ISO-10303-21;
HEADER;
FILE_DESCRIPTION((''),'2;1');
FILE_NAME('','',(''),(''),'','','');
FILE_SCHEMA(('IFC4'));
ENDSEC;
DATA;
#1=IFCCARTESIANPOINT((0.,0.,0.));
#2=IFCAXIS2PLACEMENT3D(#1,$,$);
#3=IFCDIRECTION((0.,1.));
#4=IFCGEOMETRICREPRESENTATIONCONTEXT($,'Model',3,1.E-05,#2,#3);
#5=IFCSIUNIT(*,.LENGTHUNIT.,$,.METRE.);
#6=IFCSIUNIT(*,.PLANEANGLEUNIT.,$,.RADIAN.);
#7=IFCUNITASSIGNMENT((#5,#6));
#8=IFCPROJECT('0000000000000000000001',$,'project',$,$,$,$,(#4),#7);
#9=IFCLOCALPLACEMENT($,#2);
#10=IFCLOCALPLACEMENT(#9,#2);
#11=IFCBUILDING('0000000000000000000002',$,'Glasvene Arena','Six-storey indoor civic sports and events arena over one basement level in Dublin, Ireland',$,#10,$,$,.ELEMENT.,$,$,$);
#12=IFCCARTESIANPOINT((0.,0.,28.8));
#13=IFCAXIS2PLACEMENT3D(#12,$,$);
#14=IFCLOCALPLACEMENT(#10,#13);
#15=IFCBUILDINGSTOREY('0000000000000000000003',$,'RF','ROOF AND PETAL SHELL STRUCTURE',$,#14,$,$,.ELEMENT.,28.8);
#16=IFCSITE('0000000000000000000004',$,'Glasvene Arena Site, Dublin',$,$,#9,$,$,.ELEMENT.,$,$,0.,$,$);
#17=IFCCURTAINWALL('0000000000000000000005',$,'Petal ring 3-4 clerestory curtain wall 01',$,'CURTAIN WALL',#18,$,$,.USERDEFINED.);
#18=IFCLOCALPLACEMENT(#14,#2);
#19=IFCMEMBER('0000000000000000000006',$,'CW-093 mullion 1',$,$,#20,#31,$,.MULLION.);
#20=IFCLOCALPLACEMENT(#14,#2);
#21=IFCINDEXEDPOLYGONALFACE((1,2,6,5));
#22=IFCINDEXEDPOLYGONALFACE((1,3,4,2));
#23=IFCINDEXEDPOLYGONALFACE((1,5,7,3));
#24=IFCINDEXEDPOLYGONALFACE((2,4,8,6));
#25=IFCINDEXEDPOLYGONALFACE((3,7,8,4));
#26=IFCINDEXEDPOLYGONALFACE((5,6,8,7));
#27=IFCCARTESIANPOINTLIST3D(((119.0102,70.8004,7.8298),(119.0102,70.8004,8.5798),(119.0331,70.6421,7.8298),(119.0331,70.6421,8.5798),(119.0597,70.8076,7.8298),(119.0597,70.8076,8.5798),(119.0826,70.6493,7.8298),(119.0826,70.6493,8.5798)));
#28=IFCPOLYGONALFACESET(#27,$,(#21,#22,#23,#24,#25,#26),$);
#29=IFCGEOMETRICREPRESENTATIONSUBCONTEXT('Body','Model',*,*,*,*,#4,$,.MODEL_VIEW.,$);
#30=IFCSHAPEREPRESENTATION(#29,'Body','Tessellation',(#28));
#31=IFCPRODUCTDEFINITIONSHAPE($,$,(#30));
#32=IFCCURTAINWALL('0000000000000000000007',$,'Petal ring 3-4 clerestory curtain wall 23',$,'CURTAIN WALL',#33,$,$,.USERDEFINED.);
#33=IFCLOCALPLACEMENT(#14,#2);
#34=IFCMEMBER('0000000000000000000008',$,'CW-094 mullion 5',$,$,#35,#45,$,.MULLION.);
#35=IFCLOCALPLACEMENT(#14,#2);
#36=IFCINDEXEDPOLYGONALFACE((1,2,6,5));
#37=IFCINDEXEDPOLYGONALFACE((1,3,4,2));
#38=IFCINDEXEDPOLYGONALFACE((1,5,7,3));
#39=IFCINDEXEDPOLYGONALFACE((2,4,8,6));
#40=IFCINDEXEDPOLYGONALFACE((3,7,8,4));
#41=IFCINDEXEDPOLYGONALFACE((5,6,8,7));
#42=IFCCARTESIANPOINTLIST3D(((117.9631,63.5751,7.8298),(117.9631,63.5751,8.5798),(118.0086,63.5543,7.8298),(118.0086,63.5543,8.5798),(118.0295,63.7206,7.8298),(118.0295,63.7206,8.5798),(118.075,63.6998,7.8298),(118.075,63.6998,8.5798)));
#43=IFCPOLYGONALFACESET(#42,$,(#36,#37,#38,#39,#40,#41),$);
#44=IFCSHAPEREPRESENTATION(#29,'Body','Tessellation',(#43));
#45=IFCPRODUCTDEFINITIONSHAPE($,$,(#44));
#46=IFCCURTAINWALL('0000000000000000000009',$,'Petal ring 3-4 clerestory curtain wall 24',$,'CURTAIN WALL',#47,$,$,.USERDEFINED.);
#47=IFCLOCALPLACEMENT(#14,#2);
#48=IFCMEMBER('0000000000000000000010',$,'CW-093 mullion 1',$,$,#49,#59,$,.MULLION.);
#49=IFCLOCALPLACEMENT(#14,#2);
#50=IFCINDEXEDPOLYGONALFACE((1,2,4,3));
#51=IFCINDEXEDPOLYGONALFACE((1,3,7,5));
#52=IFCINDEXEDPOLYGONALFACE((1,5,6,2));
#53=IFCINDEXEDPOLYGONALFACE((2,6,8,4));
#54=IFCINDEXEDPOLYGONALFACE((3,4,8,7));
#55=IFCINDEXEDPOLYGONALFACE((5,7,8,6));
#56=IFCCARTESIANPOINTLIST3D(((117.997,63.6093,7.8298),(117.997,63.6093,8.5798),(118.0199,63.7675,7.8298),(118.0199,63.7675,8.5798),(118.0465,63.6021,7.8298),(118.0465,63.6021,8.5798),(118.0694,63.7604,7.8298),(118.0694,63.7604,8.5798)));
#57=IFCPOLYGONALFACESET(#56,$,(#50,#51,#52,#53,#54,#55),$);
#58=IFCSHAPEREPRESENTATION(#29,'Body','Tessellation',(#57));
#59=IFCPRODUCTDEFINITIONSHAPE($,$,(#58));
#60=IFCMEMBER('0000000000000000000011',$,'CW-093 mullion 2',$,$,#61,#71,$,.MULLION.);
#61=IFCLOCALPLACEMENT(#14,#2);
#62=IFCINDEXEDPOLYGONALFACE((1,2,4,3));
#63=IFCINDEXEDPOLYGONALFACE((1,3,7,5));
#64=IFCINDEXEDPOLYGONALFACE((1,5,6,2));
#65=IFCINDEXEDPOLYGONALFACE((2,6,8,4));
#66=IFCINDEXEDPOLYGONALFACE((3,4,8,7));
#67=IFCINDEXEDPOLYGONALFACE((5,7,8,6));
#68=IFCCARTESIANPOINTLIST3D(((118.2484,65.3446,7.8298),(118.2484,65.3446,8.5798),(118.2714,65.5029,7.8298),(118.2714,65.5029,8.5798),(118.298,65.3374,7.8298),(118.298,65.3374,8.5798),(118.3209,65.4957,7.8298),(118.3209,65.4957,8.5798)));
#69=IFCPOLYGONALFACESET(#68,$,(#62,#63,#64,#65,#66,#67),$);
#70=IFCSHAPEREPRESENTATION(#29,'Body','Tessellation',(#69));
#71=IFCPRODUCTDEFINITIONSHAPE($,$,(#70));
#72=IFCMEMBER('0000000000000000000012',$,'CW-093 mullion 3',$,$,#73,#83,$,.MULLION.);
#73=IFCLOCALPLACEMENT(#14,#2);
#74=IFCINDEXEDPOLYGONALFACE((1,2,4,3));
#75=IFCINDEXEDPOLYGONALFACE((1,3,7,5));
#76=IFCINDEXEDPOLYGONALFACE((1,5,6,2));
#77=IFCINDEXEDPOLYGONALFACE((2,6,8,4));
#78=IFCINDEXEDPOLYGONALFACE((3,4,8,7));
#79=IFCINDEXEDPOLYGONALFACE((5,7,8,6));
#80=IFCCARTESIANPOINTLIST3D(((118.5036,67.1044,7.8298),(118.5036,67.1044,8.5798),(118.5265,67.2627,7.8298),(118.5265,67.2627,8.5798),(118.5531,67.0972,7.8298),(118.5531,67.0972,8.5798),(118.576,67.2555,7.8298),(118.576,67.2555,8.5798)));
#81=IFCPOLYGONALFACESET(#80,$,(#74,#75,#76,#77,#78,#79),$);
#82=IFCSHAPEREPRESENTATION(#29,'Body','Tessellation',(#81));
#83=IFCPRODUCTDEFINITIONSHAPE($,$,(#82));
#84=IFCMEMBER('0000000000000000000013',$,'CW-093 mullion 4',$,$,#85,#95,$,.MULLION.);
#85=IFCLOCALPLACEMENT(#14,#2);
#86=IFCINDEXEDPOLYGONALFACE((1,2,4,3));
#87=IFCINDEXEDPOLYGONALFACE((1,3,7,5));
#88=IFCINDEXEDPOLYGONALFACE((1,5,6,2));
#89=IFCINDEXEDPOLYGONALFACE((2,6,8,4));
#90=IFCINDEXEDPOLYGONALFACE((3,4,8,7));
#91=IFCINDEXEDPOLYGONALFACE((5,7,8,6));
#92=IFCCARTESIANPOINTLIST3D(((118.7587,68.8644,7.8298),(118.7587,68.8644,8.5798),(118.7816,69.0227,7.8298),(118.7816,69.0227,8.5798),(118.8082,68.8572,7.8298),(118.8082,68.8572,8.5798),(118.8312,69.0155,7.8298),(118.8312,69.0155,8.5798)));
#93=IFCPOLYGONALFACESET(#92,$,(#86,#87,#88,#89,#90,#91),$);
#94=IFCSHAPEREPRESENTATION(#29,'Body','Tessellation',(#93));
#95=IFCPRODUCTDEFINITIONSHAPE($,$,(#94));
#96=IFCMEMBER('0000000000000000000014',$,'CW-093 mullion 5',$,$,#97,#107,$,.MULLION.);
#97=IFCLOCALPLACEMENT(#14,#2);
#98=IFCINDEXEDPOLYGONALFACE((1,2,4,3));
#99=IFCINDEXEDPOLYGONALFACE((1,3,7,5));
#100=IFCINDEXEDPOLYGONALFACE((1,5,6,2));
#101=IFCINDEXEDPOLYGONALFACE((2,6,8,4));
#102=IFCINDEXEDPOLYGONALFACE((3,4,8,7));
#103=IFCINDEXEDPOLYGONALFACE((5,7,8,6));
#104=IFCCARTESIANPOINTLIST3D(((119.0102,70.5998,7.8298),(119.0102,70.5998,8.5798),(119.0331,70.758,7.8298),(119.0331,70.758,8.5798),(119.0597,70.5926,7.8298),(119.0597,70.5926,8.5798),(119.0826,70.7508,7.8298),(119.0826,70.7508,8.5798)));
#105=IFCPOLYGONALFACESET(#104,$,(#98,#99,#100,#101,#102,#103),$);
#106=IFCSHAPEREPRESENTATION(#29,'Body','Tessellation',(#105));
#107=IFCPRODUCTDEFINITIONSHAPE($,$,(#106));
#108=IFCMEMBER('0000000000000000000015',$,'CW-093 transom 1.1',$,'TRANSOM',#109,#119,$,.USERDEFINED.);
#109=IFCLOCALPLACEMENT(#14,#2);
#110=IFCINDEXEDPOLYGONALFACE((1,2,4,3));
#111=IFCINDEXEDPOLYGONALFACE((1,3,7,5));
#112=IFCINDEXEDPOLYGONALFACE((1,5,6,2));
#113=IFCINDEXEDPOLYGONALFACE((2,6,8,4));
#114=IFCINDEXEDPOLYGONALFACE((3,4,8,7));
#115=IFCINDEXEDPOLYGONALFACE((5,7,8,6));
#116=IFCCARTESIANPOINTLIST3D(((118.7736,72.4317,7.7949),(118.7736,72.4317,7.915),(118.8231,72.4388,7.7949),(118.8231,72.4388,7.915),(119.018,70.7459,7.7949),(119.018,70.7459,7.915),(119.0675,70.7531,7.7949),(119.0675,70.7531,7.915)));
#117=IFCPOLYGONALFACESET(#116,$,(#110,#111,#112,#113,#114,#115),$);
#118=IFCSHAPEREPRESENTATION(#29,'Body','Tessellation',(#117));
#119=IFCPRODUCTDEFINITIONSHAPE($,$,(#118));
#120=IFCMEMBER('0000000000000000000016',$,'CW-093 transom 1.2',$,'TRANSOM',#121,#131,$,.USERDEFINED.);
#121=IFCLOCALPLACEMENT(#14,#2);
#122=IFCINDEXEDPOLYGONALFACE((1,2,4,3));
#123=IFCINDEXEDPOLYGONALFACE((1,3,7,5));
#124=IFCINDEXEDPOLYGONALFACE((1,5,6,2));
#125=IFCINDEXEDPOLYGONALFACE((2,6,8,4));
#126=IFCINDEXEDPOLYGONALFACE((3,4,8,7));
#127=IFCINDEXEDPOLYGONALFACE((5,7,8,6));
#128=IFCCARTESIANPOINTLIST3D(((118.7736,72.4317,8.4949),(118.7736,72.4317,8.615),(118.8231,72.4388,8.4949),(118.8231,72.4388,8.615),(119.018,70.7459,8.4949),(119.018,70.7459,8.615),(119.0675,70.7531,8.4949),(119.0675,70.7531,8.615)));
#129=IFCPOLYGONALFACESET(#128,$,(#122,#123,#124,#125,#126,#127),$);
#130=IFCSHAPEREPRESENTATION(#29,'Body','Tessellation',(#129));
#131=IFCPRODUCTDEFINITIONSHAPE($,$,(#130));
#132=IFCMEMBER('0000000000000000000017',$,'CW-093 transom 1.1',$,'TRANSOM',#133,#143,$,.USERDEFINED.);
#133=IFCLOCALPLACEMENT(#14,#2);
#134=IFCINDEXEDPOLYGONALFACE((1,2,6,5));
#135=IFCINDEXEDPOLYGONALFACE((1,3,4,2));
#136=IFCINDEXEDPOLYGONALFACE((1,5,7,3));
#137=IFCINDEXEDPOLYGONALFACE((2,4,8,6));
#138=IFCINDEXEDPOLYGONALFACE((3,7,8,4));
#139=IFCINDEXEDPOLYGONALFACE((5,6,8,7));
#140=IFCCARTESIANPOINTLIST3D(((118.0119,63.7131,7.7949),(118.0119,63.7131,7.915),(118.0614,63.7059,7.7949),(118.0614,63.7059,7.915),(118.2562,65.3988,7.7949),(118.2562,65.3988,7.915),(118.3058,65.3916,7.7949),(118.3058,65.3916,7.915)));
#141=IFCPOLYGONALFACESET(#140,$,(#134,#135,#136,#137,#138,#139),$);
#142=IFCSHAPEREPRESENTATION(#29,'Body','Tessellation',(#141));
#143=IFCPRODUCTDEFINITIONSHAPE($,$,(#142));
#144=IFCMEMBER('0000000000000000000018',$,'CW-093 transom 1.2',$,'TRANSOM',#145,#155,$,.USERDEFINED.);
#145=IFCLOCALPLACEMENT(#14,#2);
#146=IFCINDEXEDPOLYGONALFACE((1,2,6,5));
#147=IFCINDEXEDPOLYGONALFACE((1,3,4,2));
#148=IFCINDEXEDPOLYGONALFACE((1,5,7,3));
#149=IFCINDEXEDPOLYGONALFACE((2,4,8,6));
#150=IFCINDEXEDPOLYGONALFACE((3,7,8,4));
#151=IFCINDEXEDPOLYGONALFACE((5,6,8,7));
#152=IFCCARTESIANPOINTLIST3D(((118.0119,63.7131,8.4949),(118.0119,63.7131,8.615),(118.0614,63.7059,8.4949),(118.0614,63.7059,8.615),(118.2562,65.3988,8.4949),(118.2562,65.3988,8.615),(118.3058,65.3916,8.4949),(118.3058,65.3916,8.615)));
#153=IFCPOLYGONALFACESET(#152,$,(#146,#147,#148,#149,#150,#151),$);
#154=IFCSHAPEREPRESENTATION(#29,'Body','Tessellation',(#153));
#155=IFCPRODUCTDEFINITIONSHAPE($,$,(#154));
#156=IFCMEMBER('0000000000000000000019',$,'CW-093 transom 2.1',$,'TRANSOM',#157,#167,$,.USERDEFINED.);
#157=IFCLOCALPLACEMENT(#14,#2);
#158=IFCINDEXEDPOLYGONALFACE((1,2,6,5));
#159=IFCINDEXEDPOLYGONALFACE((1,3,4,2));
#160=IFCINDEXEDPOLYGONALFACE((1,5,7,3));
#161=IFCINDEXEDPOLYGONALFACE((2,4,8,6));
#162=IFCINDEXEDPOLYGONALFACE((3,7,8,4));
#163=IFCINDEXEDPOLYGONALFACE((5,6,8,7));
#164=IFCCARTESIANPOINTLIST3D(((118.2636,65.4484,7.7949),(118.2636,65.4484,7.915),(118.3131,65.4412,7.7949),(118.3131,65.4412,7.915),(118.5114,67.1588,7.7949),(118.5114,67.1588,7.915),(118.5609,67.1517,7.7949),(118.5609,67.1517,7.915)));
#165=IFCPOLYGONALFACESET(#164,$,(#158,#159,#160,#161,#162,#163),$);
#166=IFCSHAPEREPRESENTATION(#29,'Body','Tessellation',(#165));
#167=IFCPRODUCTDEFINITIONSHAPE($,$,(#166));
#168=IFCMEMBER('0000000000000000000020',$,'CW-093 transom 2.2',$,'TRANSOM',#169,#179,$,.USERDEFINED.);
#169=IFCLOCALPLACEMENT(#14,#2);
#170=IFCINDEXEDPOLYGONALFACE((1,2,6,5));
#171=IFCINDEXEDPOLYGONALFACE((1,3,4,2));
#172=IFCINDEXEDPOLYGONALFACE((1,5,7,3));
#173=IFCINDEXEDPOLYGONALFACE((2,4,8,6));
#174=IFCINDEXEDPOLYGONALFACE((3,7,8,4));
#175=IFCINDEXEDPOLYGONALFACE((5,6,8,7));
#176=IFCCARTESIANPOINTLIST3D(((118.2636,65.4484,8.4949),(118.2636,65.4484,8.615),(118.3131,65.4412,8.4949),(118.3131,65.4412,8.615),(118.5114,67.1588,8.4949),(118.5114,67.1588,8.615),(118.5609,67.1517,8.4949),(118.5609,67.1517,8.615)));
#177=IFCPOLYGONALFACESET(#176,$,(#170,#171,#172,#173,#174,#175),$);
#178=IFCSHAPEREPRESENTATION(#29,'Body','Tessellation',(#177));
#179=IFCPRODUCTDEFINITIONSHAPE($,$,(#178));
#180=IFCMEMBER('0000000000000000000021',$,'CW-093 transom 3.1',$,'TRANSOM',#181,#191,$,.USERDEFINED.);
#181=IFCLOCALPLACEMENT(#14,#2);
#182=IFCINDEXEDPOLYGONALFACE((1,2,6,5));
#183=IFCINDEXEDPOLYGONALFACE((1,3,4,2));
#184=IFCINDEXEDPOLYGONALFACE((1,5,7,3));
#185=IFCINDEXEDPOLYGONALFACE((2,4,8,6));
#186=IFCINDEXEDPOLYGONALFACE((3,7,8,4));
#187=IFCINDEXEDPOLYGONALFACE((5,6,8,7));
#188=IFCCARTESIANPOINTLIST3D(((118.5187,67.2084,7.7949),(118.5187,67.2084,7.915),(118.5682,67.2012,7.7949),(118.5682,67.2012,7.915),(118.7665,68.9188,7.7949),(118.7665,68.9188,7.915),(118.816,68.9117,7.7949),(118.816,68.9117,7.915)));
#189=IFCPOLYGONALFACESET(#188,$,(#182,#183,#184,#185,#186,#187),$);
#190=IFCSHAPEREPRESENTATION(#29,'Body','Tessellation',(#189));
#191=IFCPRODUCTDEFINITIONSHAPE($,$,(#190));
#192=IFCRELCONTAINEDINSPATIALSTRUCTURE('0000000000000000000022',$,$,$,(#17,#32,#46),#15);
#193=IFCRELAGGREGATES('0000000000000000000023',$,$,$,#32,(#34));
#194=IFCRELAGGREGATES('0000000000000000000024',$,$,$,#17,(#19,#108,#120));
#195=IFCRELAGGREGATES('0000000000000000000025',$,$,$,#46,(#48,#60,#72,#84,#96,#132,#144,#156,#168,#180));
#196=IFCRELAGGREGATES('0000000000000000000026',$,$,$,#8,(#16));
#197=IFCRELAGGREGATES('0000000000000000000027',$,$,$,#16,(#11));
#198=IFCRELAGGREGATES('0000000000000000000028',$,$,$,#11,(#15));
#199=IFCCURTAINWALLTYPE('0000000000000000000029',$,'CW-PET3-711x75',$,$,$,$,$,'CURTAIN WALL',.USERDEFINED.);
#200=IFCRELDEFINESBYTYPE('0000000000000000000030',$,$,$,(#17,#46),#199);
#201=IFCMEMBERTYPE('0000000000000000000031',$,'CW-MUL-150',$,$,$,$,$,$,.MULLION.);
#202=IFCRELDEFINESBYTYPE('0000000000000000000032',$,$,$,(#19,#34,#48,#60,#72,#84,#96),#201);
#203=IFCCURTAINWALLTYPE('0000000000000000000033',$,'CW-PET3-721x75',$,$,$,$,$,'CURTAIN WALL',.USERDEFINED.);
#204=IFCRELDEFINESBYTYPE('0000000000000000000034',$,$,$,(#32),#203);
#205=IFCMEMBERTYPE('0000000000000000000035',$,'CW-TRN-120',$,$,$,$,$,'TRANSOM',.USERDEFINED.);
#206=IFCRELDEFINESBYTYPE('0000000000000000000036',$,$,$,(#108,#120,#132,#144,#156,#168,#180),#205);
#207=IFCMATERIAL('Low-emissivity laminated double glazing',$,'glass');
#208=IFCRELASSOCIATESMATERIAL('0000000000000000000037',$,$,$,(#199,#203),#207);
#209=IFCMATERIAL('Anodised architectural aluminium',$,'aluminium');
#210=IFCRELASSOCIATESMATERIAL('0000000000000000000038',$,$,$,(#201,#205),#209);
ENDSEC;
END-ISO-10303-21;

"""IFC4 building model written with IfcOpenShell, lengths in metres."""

from ifc_helpers import new_model, si_unit, direction, frame, origin, origin_2d, place, context, subcontext, project, spatial, rectangle, extrude, material, material_profile, profile_set, type_object, element, aggregate, save


model = new_model("IFC4")

# Units and contexts
model_context = context("Model", 3, precision=1e-05, world=origin(), true_north=direction((0.0, 1.0)))
body_context = subcontext(model_context, "Body", "Model", "MODEL_VIEW")
ifc_project = project(units=[si_unit("LENGTHUNIT", "METRE"), si_unit("PLANEANGLEUNIT", "RADIAN")], contexts=[model_context])

# Site, building, storey
site_placement = place(None, origin())
site = spatial("IfcSite", under=ifc_project, at=site_placement, Name="Glasvene Arena Site, Dublin", CompositionType="ELEMENT", RefElevation=0.0)
building_placement = place(site_placement, origin())
building = spatial("IfcBuilding", under=site, at=building_placement, Name="Glasvene Arena", Description="Six-storey indoor civic sports and events arena over one basement level in Dublin, Ireland", CompositionType="ELEMENT")
storey_placement = place(building_placement, frame((0.0, 0.0, 28.8)))
storey = spatial("IfcBuildingStorey", under=building, at=storey_placement, Name="RF", Description="ROOF AND PETAL SHELL STRUCTURE", CompositionType="ELEMENT", Elevation=28.8)

# Curtain walls, members
ifc_material_1 = material(Name="Low-emissivity laminated double glazing", Category="glass")
curtain_wall_type_1 = type_object("IfcCurtainWallType", Name="CW-PET3-711x75", ElementType="CURTAIN WALL", PredefinedType="USERDEFINED", material=ifc_material_1)
curtain_wall_1_placement = place(storey_placement, frame((119.05, 70.7, 0.0)))
curtain_wall_1 = element("IfcCurtainWall", 1, at=curtain_wall_1_placement, inside=storey, type_object=curtain_wall_type_1, Name="Petal ring 3-4 clerestory curtain wall 01", ObjectType="CURTAIN WALL", PredefinedType="USERDEFINED")
ifc_material_2 = material(Name="Anodised architectural aluminium", Category="aluminium")
ifc_material_profile_1 = material_profile(ifc_material_2, rectangle(XDim=0.05, YDim=0.1599, at=origin_2d()), Name="ALU MULLION 50x160")
ifc_profile_set_1 = profile_set([ifc_material_profile_1], Name="Anodised architectural aluminium")
member_type_1 = type_object("IfcMemberType", Name="CW-MUL-150", PredefinedType="MULLION", material=ifc_profile_set_1)
member_1_placement = place(storey_placement, frame((119.0464, 70.7249, 7.8298), z_axis=(0.0, 0.0, 1.0), x_axis=(-0.989656, -0.14346, 0.0)))
member_1 = element("IfcMember", 2, at=member_1_placement, type_object=member_type_1, Name="CW-093 mullion 1", PredefinedType="MULLION", context=body_context, shape_type="SweptSolid", body=[
    extrude(rectangle(XDim=0.05, YDim=0.1599, at=origin_2d()), origin(), (0.0, 0.0, 1.0), 0.75),
])
curtain_wall_type_2 = type_object("IfcCurtainWallType", Name="CW-PET3-721x75", ElementType="CURTAIN WALL", PredefinedType="USERDEFINED", material=ifc_material_1)
curtain_wall_2_placement = place(storey_placement, frame((115.0376, 57.1001, 0.0)))
curtain_wall_2 = element("IfcCurtainWall", 3, at=curtain_wall_2_placement, inside=storey, type_object=curtain_wall_type_2, Name="Petal ring 3-4 clerestory curtain wall 23", ObjectType="CURTAIN WALL", PredefinedType="USERDEFINED")
member_2_placement = place(storey_placement, frame((118.019, 63.6375, 7.8298), z_axis=(0.0, 0.0, 1.0), x_axis=(-0.909836, 0.414968, 0.0)))
member_2 = element("IfcMember", 4, at=member_2_placement, type_object=member_type_1, Name="CW-094 mullion 5", PredefinedType="MULLION", context=body_context, shape_type="SweptSolid", body=[
    extrude(rectangle(XDim=0.05, YDim=0.1599, at=origin_2d()), origin(), (0.0, 0.0, 1.0), 0.75),
])
aggregate(curtain_wall_2, [member_2])

# Curtain wall, members
curtain_wall_3_placement = place(storey_placement, frame((118.0295, 63.6602, 0.0)))
curtain_wall_3 = element("IfcCurtainWall", 5, at=curtain_wall_3_placement, inside=storey, type_object=curtain_wall_type_1, Name="Petal ring 3-4 clerestory curtain wall 24", ObjectType="CURTAIN WALL", PredefinedType="USERDEFINED")
member_3_placement = place(storey_placement, frame((118.0332, 63.6848, 7.8298), z_axis=(0.0, 0.0, 1.0), x_axis=(-0.989656, 0.14346, 0.0)))
member_3 = element("IfcMember", 6, at=member_3_placement, type_object=member_type_1, Name="CW-093 mullion 1", PredefinedType="MULLION", context=body_context, shape_type="SweptSolid", body=[
    extrude(rectangle(XDim=0.05, YDim=0.1599, at=origin_2d()), origin(), (0.0, 0.0, 1.0), 0.75),
])
member_4_placement = place(storey_placement, frame((118.2847, 65.4202, 7.8298), z_axis=(0.0, 0.0, 1.0), x_axis=(-0.989656, 0.14346, 0.0)))
member_4 = element("IfcMember", 7, at=member_4_placement, type_object=member_type_1, Name="CW-093 mullion 2", PredefinedType="MULLION", context=body_context, shape_type="SweptSolid", body=[
    extrude(rectangle(XDim=0.05, YDim=0.1599, at=origin_2d()), origin(), (0.0, 0.0, 1.0), 0.75),
])
member_5_placement = place(storey_placement, frame((118.5398, 67.1799, 7.8298), z_axis=(0.0, 0.0, 1.0), x_axis=(-0.989656, 0.14346, 0.0)))
member_5 = element("IfcMember", 8, at=member_5_placement, type_object=member_type_1, Name="CW-093 mullion 3", PredefinedType="MULLION", context=body_context, shape_type="SweptSolid", body=[
    extrude(rectangle(XDim=0.05, YDim=0.1599, at=origin_2d()), origin(), (0.0, 0.0, 1.0), 0.75),
])
member_6_placement = place(storey_placement, frame((118.7949, 68.9399, 7.8298), z_axis=(0.0, 0.0, 1.0), x_axis=(-0.989656, 0.14346, 0.0)))
member_6 = element("IfcMember", 9, at=member_6_placement, type_object=member_type_1, Name="CW-093 mullion 4", PredefinedType="MULLION", context=body_context, shape_type="SweptSolid", body=[
    extrude(rectangle(XDim=0.05, YDim=0.1599, at=origin_2d()), origin(), (0.0, 0.0, 1.0), 0.75),
])
member_7_placement = place(storey_placement, frame((119.0464, 70.6753, 7.8298), z_axis=(0.0, 0.0, 1.0), x_axis=(-0.989656, 0.14346, 0.0)))
member_7 = element("IfcMember", 10, at=member_7_placement, type_object=member_type_1, Name="CW-093 mullion 5", PredefinedType="MULLION", context=body_context, shape_type="SweptSolid", body=[
    extrude(rectangle(XDim=0.05, YDim=0.1599, at=origin_2d()), origin(), (0.0, 0.0, 1.0), 0.75),
])

# Members
ifc_material_profile_2 = material_profile(ifc_material_2, rectangle(XDim=0.05, YDim=0.1201, at=origin_2d()), Name="ALU TRANSOM 50x120")
ifc_profile_set_2 = profile_set([ifc_material_profile_2], Name="Anodised architectural aluminium")
member_type_2 = type_object("IfcMemberType", Name="CW-TRN-120", ElementType="TRANSOM", PredefinedType="USERDEFINED", material=ifc_profile_set_2)
member_8_placement = place(storey_placement, frame((119.0427, 70.7495, 7.855), z_axis=(-0.143468, 0.989655, 0.0), x_axis=(-0.989655, -0.143468, 0.0)))
member_8 = element("IfcMember", 11, at=member_8_placement, type_object=member_type_2, Name="CW-093 transom 1.1", ObjectType="TRANSOM", PredefinedType="USERDEFINED", context=body_context, shape_type="SweptSolid", body=[
    extrude(rectangle(XDim=0.05, YDim=0.1201, at=origin_2d()), origin(), (0.0, 0.0, 1.0), 1.7034),
])
member_9_placement = place(storey_placement, frame((119.0427, 70.7495, 8.5549), z_axis=(-0.143468, 0.989655, 0.0), x_axis=(-0.989655, -0.143468, 0.0)))
member_9 = element("IfcMember", 12, at=member_9_placement, type_object=member_type_2, Name="CW-093 transom 1.2", ObjectType="TRANSOM", PredefinedType="USERDEFINED", context=body_context, shape_type="SweptSolid", body=[
    extrude(rectangle(XDim=0.05, YDim=0.1201, at=origin_2d()), origin(), (0.0, 0.0, 1.0), 1.7034),
])
member_10_placement = place(storey_placement, frame((118.0366, 63.7095, 7.855), z_axis=(0.143468, 0.989655, 0.0), x_axis=(-0.989655, 0.143468, 0.0)))
member_10 = element("IfcMember", 13, at=member_10_placement, type_object=member_type_2, Name="CW-093 transom 1.1", ObjectType="TRANSOM", PredefinedType="USERDEFINED", context=body_context, shape_type="SweptSolid", body=[
    extrude(rectangle(XDim=0.05, YDim=0.1201, at=origin_2d()), origin(), (0.0, 0.0, 1.0), 1.7034),
])
member_11_placement = place(storey_placement, frame((118.0366, 63.7095, 8.5549), z_axis=(0.143468, 0.989655, 0.0), x_axis=(-0.989655, 0.143468, 0.0)))
member_11 = element("IfcMember", 14, at=member_11_placement, type_object=member_type_2, Name="CW-093 transom 1.2", ObjectType="TRANSOM", PredefinedType="USERDEFINED", context=body_context, shape_type="SweptSolid", body=[
    extrude(rectangle(XDim=0.05, YDim=0.1201, at=origin_2d()), origin(), (0.0, 0.0, 1.0), 1.7034),
])
member_12_placement = place(storey_placement, frame((118.2883, 65.4448, 7.855), z_axis=(0.143379, 0.989668, 0.0), x_axis=(-0.989668, 0.143379, 0.0)))
member_12 = element("IfcMember", 15, at=member_12_placement, type_object=member_type_2, Name="CW-093 transom 2.1", ObjectType="TRANSOM", PredefinedType="USERDEFINED", context=body_context, shape_type="SweptSolid", body=[
    extrude(rectangle(XDim=0.05, YDim=0.1201, at=origin_2d()), origin(), (0.0, 0.0, 1.0), 1.7283),
])
member_13_placement = place(storey_placement, frame((118.2883, 65.4448, 8.5549), z_axis=(0.143379, 0.989668, 0.0), x_axis=(-0.989668, 0.143379, 0.0)))
member_13 = element("IfcMember", 16, at=member_13_placement, type_object=member_type_2, Name="CW-093 transom 2.2", ObjectType="TRANSOM", PredefinedType="USERDEFINED", context=body_context, shape_type="SweptSolid", body=[
    extrude(rectangle(XDim=0.05, YDim=0.1201, at=origin_2d()), origin(), (0.0, 0.0, 1.0), 1.7283),
])
member_14_placement = place(storey_placement, frame((118.5435, 67.2048, 7.855), z_axis=(0.143379, 0.989668, 0.0), x_axis=(-0.989668, 0.143379, 0.0)))
member_14 = element("IfcMember", 17, at=member_14_placement, type_object=member_type_2, Name="CW-093 transom 3.1", ObjectType="TRANSOM", PredefinedType="USERDEFINED", context=body_context, shape_type="SweptSolid", body=[
    extrude(rectangle(XDim=0.05, YDim=0.1201, at=origin_2d()), origin(), (0.0, 0.0, 1.0), 1.7283),
])

aggregate(curtain_wall_1, [member_1, member_8, member_9])
aggregate(curtain_wall_3, [member_3, member_4, member_5, member_6, member_7, member_10, member_11, member_12, member_13, member_14])

save(model, "model.ifc")
